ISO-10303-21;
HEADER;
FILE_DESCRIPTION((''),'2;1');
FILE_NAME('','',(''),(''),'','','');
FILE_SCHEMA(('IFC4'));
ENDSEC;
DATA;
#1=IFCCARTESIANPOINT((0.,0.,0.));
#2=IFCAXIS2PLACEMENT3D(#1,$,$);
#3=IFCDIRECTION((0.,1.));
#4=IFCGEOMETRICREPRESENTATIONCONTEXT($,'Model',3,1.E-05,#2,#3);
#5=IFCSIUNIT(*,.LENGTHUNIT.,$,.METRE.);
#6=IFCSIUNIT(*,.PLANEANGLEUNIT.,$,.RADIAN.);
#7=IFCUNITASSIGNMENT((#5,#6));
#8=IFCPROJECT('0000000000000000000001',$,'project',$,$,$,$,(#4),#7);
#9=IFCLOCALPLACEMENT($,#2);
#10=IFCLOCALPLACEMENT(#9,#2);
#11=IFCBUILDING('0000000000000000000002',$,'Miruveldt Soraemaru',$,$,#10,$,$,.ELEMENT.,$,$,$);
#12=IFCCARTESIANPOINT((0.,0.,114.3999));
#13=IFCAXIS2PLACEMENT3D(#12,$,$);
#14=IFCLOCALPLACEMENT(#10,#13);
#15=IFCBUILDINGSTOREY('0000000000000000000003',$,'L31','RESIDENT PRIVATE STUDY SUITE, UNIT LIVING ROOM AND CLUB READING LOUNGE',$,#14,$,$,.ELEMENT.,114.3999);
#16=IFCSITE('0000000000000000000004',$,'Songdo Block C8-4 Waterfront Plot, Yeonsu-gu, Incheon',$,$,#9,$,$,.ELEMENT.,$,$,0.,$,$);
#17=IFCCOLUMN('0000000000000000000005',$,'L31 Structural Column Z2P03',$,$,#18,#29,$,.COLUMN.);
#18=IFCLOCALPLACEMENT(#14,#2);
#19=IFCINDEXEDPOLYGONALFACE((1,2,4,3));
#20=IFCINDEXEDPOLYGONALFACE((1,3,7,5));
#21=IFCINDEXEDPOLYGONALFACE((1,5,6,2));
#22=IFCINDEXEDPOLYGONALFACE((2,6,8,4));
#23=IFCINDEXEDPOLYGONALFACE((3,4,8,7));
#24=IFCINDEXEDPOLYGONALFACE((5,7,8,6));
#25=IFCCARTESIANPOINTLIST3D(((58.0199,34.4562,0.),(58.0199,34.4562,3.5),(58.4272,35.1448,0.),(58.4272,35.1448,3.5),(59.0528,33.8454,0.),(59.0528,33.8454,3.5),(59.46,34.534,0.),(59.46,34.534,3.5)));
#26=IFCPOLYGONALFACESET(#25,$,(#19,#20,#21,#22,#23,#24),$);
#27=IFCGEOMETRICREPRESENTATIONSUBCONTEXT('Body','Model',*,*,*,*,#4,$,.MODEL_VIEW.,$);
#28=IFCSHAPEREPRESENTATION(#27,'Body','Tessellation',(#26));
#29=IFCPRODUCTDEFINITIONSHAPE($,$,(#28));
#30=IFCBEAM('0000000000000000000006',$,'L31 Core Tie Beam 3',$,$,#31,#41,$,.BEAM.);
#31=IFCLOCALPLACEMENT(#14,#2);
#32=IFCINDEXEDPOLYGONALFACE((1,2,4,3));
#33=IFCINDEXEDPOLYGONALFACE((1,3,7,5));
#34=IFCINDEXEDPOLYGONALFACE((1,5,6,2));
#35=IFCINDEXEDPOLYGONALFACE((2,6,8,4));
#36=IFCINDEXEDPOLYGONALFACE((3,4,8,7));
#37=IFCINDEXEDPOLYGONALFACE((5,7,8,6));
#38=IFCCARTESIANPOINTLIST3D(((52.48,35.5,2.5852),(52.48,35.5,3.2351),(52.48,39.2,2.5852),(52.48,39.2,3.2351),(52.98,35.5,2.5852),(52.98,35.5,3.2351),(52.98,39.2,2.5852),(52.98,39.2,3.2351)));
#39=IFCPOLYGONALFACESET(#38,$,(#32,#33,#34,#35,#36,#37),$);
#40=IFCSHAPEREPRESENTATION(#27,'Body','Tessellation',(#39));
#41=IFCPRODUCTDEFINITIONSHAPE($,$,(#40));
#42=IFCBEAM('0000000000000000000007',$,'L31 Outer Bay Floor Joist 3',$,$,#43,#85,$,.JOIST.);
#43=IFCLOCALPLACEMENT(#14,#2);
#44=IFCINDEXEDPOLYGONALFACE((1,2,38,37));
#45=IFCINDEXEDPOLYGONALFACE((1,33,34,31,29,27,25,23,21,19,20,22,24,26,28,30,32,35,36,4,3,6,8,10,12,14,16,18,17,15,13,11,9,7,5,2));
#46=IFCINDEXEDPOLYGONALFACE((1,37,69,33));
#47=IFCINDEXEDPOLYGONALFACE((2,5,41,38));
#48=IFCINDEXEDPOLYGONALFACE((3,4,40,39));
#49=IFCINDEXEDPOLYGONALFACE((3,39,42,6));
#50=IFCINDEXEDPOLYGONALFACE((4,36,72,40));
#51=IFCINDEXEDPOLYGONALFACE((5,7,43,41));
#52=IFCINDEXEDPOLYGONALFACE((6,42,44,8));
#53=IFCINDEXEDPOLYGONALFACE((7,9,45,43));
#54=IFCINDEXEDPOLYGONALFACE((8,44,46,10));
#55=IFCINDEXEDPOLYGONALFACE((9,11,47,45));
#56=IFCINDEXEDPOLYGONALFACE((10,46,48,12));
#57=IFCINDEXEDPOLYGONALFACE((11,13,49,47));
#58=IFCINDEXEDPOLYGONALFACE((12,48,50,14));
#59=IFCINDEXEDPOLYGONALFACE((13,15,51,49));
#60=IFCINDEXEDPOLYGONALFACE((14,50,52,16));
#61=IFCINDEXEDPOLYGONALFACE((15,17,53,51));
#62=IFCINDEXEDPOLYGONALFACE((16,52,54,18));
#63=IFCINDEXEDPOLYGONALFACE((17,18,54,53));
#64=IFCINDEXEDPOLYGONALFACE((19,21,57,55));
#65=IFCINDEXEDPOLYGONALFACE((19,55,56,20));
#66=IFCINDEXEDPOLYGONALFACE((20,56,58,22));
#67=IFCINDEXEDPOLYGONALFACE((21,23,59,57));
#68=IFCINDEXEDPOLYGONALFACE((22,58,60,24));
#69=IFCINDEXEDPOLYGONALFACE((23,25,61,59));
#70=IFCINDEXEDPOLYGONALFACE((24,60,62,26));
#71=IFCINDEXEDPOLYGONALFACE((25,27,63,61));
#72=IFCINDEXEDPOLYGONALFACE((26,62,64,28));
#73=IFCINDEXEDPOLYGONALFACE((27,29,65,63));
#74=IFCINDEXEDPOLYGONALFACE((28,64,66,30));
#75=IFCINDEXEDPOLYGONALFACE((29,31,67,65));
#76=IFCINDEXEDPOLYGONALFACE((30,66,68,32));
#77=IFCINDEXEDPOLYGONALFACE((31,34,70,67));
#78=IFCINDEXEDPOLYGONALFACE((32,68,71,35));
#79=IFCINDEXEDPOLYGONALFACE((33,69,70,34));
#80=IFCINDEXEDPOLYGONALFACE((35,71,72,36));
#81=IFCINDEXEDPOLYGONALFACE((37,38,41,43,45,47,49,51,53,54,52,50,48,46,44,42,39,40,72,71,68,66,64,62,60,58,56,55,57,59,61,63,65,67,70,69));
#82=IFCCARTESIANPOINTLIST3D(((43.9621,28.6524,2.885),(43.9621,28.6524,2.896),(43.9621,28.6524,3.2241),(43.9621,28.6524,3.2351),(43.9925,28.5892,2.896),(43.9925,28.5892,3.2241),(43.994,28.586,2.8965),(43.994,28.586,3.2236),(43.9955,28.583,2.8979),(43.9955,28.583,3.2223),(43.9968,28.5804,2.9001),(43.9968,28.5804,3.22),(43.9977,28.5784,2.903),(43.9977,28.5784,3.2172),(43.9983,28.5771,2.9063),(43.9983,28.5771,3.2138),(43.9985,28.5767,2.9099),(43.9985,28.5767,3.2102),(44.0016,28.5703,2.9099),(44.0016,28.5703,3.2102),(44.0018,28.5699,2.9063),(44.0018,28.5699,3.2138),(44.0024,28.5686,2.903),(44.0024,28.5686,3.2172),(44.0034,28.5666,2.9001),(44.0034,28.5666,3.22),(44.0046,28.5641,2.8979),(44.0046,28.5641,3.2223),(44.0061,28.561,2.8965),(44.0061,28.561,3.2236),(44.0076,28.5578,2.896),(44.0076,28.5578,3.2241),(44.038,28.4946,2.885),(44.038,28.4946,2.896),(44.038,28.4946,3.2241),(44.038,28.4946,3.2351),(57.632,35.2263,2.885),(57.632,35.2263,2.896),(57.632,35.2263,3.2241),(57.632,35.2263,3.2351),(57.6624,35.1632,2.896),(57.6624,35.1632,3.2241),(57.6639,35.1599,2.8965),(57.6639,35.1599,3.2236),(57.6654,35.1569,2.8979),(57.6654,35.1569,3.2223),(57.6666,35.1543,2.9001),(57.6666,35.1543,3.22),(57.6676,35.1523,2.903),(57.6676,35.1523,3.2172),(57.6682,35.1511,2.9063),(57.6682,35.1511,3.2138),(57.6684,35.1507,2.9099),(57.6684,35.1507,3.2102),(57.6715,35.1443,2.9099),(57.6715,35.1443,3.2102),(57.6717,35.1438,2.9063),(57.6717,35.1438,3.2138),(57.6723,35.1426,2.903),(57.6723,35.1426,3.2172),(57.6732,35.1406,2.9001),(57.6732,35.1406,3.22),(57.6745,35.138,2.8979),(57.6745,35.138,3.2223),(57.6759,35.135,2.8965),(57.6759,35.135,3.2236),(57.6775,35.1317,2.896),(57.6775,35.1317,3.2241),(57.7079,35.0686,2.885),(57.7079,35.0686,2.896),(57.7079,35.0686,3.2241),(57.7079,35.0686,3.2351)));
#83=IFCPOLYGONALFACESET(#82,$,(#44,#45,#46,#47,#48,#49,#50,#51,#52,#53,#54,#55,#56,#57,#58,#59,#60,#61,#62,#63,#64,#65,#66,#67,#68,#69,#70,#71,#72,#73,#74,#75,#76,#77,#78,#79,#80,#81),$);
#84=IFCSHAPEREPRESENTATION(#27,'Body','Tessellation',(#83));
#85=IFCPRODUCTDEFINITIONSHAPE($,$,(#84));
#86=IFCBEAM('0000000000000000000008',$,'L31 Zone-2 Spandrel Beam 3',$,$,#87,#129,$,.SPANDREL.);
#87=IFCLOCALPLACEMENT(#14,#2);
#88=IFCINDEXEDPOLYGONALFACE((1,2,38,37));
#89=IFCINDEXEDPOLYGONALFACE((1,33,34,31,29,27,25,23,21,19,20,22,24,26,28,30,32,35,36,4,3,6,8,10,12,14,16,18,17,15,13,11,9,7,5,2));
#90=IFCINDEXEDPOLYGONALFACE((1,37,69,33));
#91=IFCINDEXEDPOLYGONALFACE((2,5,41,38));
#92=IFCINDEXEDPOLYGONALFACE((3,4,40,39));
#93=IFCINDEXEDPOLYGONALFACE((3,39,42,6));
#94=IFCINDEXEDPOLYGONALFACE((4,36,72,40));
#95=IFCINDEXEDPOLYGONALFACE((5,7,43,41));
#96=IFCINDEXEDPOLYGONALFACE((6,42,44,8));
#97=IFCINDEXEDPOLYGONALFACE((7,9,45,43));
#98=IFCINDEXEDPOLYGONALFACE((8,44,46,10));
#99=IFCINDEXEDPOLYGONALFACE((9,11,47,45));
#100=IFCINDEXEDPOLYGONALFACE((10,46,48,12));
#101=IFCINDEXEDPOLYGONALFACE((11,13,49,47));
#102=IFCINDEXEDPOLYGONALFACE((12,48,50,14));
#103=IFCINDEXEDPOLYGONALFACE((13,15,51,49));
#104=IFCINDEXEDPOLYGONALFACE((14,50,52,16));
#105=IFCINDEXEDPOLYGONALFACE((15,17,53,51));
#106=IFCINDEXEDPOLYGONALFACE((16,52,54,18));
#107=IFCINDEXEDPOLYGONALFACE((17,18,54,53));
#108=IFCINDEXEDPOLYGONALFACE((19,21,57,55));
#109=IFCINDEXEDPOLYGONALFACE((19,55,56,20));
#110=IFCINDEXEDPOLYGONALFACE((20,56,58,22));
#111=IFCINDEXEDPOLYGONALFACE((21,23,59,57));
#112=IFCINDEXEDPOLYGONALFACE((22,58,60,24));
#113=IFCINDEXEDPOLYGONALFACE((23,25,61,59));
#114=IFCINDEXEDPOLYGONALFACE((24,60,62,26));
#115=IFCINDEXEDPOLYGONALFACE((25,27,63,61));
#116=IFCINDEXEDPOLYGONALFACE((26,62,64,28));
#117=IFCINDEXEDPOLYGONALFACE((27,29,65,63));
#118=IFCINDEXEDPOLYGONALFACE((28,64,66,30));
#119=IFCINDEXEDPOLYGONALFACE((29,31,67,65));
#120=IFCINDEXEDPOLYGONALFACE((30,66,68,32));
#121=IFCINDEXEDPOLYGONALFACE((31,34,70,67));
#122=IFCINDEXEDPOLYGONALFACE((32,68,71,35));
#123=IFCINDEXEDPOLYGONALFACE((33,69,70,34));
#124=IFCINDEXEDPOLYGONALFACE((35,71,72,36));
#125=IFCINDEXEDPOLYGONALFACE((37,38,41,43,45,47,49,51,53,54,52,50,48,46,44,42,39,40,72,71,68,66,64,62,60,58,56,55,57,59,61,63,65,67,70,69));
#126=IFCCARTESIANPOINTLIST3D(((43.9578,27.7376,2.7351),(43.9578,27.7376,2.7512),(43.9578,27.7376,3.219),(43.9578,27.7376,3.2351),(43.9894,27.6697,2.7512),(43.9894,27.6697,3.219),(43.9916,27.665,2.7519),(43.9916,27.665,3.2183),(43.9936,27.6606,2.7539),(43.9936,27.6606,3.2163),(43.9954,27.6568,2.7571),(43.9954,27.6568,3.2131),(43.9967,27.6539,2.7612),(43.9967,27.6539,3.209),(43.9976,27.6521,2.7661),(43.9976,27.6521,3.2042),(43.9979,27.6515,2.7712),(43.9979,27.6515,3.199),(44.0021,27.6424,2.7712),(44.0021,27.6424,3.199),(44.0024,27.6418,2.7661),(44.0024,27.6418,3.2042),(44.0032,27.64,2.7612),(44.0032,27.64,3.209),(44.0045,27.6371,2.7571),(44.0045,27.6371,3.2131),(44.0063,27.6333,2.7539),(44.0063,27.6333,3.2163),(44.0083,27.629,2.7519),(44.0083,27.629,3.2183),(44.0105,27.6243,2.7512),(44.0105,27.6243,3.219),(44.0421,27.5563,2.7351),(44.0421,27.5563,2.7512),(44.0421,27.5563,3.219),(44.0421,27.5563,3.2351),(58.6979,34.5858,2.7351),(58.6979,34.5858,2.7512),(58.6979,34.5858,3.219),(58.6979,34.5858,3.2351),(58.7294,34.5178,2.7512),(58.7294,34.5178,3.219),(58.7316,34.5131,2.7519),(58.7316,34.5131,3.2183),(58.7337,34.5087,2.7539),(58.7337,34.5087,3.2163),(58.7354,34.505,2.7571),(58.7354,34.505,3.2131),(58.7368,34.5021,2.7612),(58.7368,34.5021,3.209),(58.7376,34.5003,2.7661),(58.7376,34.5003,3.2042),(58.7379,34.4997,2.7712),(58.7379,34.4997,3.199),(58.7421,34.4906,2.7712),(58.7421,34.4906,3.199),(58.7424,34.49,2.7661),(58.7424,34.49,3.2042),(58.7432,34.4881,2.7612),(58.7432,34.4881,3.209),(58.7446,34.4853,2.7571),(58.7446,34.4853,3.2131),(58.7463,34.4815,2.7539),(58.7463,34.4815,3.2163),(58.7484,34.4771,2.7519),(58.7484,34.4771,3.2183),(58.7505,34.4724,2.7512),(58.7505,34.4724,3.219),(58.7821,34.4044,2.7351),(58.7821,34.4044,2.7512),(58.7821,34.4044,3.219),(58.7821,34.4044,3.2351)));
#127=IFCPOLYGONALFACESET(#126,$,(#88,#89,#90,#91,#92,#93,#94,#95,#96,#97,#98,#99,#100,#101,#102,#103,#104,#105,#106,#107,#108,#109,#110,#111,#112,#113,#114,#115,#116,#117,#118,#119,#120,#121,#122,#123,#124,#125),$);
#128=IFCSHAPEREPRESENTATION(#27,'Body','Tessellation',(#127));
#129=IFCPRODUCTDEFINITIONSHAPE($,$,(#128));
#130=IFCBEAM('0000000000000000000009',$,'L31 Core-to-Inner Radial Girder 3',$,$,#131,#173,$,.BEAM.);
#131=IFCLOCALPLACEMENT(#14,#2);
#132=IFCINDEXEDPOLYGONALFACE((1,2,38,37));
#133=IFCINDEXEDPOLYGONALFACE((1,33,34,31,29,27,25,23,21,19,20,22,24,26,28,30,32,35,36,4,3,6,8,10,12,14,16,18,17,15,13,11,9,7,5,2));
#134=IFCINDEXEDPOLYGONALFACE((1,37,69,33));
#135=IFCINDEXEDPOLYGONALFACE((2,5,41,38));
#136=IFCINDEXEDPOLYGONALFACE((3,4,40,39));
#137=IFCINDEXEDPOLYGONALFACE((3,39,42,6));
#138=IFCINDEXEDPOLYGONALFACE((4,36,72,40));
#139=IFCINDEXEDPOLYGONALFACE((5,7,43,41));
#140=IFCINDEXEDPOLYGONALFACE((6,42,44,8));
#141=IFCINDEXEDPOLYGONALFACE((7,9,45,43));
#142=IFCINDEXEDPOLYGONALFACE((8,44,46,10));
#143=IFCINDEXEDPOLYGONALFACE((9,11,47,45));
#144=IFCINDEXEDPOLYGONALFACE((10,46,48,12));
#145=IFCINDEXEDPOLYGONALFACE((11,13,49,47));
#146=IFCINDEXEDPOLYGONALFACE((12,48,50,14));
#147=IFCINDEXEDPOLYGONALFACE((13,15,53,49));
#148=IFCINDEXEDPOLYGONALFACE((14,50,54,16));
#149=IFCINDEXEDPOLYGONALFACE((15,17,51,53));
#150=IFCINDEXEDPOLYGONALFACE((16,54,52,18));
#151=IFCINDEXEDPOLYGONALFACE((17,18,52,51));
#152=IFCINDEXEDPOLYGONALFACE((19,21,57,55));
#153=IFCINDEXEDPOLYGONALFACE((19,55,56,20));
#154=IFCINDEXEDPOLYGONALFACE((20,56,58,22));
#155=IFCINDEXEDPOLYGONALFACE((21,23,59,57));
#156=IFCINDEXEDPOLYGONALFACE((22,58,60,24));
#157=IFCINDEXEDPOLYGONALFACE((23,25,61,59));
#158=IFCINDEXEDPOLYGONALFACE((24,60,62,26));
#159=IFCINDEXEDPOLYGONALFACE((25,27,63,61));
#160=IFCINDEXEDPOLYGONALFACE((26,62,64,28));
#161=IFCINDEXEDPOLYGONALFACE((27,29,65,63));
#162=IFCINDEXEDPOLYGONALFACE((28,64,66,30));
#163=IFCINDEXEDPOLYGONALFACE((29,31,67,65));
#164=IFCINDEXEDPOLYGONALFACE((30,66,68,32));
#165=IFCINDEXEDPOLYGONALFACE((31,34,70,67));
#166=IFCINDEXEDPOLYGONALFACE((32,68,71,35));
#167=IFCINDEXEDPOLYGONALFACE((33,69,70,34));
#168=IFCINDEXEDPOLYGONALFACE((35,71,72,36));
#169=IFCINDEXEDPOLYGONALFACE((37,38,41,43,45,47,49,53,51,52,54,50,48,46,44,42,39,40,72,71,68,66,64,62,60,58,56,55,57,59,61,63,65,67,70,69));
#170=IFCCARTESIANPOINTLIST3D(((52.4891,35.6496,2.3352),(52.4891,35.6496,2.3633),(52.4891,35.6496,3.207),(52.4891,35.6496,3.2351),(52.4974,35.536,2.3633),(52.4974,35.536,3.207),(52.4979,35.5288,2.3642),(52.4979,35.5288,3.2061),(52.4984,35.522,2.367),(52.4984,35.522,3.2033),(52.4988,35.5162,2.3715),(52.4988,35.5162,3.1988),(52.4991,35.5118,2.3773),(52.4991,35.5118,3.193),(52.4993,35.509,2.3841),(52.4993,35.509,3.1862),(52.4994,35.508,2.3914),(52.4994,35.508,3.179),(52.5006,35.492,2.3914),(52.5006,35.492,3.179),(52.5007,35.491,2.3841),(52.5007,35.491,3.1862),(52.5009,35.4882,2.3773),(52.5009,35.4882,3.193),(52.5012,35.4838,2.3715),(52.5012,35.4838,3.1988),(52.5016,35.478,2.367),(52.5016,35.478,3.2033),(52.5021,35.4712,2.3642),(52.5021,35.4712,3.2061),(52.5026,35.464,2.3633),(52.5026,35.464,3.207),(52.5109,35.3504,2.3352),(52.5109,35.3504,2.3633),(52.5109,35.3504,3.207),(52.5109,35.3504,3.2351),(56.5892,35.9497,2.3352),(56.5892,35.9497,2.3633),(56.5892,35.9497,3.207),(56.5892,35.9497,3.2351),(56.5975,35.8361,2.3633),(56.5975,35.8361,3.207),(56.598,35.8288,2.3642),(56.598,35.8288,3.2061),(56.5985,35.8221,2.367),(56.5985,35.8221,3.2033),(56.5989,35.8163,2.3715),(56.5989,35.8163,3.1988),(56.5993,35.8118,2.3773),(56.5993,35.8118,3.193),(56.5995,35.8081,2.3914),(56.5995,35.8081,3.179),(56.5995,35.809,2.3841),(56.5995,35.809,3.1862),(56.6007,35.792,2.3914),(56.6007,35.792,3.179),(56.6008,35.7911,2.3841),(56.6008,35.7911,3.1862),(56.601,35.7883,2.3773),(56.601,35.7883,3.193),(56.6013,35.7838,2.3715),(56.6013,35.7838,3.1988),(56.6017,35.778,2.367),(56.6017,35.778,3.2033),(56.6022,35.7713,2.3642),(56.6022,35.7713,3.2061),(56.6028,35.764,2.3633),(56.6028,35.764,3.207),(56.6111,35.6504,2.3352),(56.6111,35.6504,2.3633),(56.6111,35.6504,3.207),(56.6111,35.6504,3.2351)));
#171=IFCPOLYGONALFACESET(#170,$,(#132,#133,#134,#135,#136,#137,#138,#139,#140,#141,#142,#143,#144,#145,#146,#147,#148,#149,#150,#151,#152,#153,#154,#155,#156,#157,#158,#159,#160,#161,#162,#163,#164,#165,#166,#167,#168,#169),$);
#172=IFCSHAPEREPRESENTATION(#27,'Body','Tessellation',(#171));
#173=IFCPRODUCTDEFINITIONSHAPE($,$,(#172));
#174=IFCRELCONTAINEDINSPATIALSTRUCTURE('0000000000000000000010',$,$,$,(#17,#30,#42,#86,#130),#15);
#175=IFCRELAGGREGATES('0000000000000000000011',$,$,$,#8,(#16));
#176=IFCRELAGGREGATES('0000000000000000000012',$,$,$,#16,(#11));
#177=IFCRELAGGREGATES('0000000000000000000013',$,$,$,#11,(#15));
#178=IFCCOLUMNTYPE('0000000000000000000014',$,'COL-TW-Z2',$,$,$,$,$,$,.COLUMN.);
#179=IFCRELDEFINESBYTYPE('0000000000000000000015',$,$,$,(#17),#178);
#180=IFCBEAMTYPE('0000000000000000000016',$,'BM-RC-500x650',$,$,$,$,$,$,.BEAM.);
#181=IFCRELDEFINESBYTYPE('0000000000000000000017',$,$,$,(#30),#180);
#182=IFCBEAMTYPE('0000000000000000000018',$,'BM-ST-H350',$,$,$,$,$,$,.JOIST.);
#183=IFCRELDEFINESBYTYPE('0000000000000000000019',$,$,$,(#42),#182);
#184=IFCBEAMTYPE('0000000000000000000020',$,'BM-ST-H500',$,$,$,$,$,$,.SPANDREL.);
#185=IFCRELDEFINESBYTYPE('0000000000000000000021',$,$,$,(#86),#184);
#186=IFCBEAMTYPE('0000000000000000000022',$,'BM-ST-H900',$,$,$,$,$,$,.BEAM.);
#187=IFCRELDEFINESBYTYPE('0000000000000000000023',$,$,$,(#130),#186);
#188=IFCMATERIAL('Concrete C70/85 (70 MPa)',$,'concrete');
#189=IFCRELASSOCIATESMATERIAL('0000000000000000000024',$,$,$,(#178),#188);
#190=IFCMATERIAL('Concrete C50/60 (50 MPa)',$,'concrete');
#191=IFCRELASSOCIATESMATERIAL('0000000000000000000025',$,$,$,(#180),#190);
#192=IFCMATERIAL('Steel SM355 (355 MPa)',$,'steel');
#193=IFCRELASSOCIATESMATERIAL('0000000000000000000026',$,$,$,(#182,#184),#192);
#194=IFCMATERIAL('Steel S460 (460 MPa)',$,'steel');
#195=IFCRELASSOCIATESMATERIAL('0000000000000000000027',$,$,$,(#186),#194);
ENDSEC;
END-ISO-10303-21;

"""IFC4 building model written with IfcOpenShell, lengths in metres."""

from ifc_helpers import new_model, si_unit, direction, frame, origin, origin_2d, place, context, subcontext, project, spatial, rectangle, i_section, extrude, material, material_profile, profile_set, type_object, element, save


model = new_model("IFC4")

# Units and contexts
model_context = context("Model", 3, precision=1e-05, world=origin(), true_north=direction((0.0, 1.0)))
body_context = subcontext(model_context, "Body", "Model", "MODEL_VIEW")
ifc_project = project(units=[si_unit("LENGTHUNIT", "METRE"), si_unit("PLANEANGLEUNIT", "RADIAN")], contexts=[model_context])

# Site, building, storey
site_placement = place(None, origin())
site = spatial("IfcSite", under=ifc_project, at=site_placement, Name="Songdo Block C8-4 Waterfront Plot, Yeonsu-gu, Incheon", CompositionType="ELEMENT", RefElevation=0.0)
building_placement = place(site_placement, origin())
building = spatial("IfcBuilding", under=site, at=building_placement, Name="Miruveldt Soraemaru", CompositionType="ELEMENT")
storey_placement = place(building_placement, frame((0.0, 0.0, 114.3999)))
storey = spatial("IfcBuildingStorey", under=building, at=storey_placement, Name="L31", Description="RESIDENT PRIVATE STUDY SUITE, UNIT LIVING ROOM AND CLUB READING LOUNGE", CompositionType="ELEMENT", Elevation=114.3999)

# Column
ifc_material_1 = material(Name="Concrete C70/85 (70 MPa)", Category="concrete")
ifc_material_profile_1 = material_profile(ifc_material_1, rectangle(XDim=1.2, YDim=0.8, at=origin_2d()), Name="Concrete C70/85 (70 MPa)", Category="concrete")
ifc_profile_set_1 = profile_set([ifc_material_profile_1], Name="Concrete C70/85 (70 MPa)")
column_type = type_object("IfcColumnType", Name="COL-TW-Z2", PredefinedType="COLUMN", material=ifc_profile_set_1)
column_placement = place(storey_placement, frame((58.74, 34.4951, 0.0), z_axis=(0.0, 0.0, 1.0), x_axis=(-0.860742, 0.509041, 0.0)))
element("IfcColumn", 1, at=column_placement, inside=storey, type_object=column_type, Name="L31 Structural Column Z2P03", PredefinedType="COLUMN", context=body_context, shape_type="SweptSolid", body=[
    extrude(rectangle(XDim=1.2, YDim=0.8, at=origin_2d()), origin(), (0.0, 0.0, 1.0), 3.5),
])

# Beams
ifc_material_2 = material(Name="Concrete C50/60 (50 MPa)", Category="concrete")
ifc_material_profile_2 = material_profile(ifc_material_2, rectangle(XDim=0.5, YDim=0.6499, at=origin_2d()), Name="Concrete C50/60 (50 MPa)", Category="concrete")
ifc_profile_set_2 = profile_set([ifc_material_profile_2], Name="Concrete C50/60 (50 MPa)")
beam_type_1 = type_object("IfcBeamType", Name="BM-RC-500x650", PredefinedType="BEAM", material=ifc_profile_set_2)
beam_1_placement = place(storey_placement, frame((52.73, 35.5, 2.9102), z_axis=(0.0, 1.0, 0.0), x_axis=(-1.0, 0.0, 0.0)))
element("IfcBeam", 2, at=beam_1_placement, inside=storey, type_object=beam_type_1, Name="L31 Core Tie Beam 3", PredefinedType="BEAM", context=body_context, shape_type="SweptSolid", body=[
    extrude(rectangle(XDim=0.5, YDim=0.6499, at=origin_2d()), origin(), (0.0, 0.0, 1.0), 3.7),
])
ifc_material_3 = material(Name="Steel SM355 (355 MPa)", Category="steel")
ifc_material_profile_3 = material_profile(ifc_material_3, i_section(OverallWidth=0.175, OverallDepth=0.3501, WebThickness=0.0071, FlangeThickness=0.011, FilletRadius=0.0139, at=origin_2d()), Name="Steel SM355 (355 MPa)", Category="steel")
ifc_profile_set_3 = profile_set([ifc_material_profile_3], Name="Steel SM355 (355 MPa)")
beam_type_2 = type_object("IfcBeamType", Name="BM-ST-H350", PredefinedType="JOIST", material=ifc_profile_set_3)
beam_2_placement = place(storey_placement, frame((57.6699, 35.1475, 3.0601), z_axis=(-0.901204, -0.433396, 0.0), x_axis=(0.433396, -0.901204, 0.0)))
element("IfcBeam", 3, at=beam_2_placement, inside=storey, type_object=beam_type_2, Name="L31 Outer Bay Floor Joist 3", PredefinedType="JOIST", context=body_context, shape_type="SweptSolid", body=[
    extrude(i_section(OverallWidth=0.175, OverallDepth=0.3501, WebThickness=0.0071, FlangeThickness=0.011, FilletRadius=0.0139, at=origin_2d()), origin(), (0.0, 0.0, 1.0), 15.1685),
])
ifc_material_profile_4 = material_profile(ifc_material_3, i_section(OverallWidth=0.2, OverallDepth=0.5, WebThickness=0.01, FlangeThickness=0.0161, FilletRadius=0.02, at=origin_2d()), Name="Steel SM355 (355 MPa)", Category="steel")
ifc_profile_set_4 = profile_set([ifc_material_profile_4], Name="Steel SM355 (355 MPa)")
beam_type_3 = type_object("IfcBeamType", Name="BM-ST-H500", PredefinedType="SPANDREL", material=ifc_profile_set_4)
beam_3_placement = place(storey_placement, frame((58.74, 34.4951, 2.9851), z_axis=(-0.906901, -0.421343, 0.0), x_axis=(0.421343, -0.906901, 0.0)))
element("IfcBeam", 4, at=beam_3_placement, inside=storey, type_object=beam_type_3, Name="L31 Zone-2 Spandrel Beam 3", PredefinedType="SPANDREL", context=body_context, shape_type="SweptSolid", body=[
    extrude(i_section(OverallWidth=0.2, OverallDepth=0.5, WebThickness=0.01, FlangeThickness=0.0161, FilletRadius=0.02, at=origin_2d()), origin(), (0.0, 0.0, 1.0), 16.2532),
])
ifc_material_4 = material(Name="Steel S460 (460 MPa)", Category="steel")
ifc_material_profile_5 = material_profile(ifc_material_4, i_section(OverallWidth=0.3, OverallDepth=0.8999, WebThickness=0.0161, FlangeThickness=0.0281, FilletRadius=0.0281, at=origin_2d()), Name="Steel S460 (460 MPa)", Category="steel")
ifc_profile_set_5 = profile_set([ifc_material_profile_5], Name="Steel S460 (460 MPa)")
beam_type_4 = type_object("IfcBeamType", Name="BM-ST-H900", PredefinedType="BEAM", material=ifc_profile_set_5)
beam_4_placement = place(storey_placement, frame((52.5, 35.5, 2.7852), z_axis=(0.997333, 0.072986, 0.0), x_axis=(-0.072986, 0.997333, 0.0)))
element("IfcBeam", 5, at=beam_4_placement, inside=storey, type_object=beam_type_4, Name="L31 Core-to-Inner Radial Girder 3", PredefinedType="BEAM", context=body_context, shape_type="SweptSolid", body=[
    extrude(i_section(OverallWidth=0.3, OverallDepth=0.8999, WebThickness=0.0161, FlangeThickness=0.0281, FilletRadius=0.0281, at=origin_2d()), origin(), (0.0, 0.0, 1.0), 4.1111),
])

save(model, "model.ifc")
